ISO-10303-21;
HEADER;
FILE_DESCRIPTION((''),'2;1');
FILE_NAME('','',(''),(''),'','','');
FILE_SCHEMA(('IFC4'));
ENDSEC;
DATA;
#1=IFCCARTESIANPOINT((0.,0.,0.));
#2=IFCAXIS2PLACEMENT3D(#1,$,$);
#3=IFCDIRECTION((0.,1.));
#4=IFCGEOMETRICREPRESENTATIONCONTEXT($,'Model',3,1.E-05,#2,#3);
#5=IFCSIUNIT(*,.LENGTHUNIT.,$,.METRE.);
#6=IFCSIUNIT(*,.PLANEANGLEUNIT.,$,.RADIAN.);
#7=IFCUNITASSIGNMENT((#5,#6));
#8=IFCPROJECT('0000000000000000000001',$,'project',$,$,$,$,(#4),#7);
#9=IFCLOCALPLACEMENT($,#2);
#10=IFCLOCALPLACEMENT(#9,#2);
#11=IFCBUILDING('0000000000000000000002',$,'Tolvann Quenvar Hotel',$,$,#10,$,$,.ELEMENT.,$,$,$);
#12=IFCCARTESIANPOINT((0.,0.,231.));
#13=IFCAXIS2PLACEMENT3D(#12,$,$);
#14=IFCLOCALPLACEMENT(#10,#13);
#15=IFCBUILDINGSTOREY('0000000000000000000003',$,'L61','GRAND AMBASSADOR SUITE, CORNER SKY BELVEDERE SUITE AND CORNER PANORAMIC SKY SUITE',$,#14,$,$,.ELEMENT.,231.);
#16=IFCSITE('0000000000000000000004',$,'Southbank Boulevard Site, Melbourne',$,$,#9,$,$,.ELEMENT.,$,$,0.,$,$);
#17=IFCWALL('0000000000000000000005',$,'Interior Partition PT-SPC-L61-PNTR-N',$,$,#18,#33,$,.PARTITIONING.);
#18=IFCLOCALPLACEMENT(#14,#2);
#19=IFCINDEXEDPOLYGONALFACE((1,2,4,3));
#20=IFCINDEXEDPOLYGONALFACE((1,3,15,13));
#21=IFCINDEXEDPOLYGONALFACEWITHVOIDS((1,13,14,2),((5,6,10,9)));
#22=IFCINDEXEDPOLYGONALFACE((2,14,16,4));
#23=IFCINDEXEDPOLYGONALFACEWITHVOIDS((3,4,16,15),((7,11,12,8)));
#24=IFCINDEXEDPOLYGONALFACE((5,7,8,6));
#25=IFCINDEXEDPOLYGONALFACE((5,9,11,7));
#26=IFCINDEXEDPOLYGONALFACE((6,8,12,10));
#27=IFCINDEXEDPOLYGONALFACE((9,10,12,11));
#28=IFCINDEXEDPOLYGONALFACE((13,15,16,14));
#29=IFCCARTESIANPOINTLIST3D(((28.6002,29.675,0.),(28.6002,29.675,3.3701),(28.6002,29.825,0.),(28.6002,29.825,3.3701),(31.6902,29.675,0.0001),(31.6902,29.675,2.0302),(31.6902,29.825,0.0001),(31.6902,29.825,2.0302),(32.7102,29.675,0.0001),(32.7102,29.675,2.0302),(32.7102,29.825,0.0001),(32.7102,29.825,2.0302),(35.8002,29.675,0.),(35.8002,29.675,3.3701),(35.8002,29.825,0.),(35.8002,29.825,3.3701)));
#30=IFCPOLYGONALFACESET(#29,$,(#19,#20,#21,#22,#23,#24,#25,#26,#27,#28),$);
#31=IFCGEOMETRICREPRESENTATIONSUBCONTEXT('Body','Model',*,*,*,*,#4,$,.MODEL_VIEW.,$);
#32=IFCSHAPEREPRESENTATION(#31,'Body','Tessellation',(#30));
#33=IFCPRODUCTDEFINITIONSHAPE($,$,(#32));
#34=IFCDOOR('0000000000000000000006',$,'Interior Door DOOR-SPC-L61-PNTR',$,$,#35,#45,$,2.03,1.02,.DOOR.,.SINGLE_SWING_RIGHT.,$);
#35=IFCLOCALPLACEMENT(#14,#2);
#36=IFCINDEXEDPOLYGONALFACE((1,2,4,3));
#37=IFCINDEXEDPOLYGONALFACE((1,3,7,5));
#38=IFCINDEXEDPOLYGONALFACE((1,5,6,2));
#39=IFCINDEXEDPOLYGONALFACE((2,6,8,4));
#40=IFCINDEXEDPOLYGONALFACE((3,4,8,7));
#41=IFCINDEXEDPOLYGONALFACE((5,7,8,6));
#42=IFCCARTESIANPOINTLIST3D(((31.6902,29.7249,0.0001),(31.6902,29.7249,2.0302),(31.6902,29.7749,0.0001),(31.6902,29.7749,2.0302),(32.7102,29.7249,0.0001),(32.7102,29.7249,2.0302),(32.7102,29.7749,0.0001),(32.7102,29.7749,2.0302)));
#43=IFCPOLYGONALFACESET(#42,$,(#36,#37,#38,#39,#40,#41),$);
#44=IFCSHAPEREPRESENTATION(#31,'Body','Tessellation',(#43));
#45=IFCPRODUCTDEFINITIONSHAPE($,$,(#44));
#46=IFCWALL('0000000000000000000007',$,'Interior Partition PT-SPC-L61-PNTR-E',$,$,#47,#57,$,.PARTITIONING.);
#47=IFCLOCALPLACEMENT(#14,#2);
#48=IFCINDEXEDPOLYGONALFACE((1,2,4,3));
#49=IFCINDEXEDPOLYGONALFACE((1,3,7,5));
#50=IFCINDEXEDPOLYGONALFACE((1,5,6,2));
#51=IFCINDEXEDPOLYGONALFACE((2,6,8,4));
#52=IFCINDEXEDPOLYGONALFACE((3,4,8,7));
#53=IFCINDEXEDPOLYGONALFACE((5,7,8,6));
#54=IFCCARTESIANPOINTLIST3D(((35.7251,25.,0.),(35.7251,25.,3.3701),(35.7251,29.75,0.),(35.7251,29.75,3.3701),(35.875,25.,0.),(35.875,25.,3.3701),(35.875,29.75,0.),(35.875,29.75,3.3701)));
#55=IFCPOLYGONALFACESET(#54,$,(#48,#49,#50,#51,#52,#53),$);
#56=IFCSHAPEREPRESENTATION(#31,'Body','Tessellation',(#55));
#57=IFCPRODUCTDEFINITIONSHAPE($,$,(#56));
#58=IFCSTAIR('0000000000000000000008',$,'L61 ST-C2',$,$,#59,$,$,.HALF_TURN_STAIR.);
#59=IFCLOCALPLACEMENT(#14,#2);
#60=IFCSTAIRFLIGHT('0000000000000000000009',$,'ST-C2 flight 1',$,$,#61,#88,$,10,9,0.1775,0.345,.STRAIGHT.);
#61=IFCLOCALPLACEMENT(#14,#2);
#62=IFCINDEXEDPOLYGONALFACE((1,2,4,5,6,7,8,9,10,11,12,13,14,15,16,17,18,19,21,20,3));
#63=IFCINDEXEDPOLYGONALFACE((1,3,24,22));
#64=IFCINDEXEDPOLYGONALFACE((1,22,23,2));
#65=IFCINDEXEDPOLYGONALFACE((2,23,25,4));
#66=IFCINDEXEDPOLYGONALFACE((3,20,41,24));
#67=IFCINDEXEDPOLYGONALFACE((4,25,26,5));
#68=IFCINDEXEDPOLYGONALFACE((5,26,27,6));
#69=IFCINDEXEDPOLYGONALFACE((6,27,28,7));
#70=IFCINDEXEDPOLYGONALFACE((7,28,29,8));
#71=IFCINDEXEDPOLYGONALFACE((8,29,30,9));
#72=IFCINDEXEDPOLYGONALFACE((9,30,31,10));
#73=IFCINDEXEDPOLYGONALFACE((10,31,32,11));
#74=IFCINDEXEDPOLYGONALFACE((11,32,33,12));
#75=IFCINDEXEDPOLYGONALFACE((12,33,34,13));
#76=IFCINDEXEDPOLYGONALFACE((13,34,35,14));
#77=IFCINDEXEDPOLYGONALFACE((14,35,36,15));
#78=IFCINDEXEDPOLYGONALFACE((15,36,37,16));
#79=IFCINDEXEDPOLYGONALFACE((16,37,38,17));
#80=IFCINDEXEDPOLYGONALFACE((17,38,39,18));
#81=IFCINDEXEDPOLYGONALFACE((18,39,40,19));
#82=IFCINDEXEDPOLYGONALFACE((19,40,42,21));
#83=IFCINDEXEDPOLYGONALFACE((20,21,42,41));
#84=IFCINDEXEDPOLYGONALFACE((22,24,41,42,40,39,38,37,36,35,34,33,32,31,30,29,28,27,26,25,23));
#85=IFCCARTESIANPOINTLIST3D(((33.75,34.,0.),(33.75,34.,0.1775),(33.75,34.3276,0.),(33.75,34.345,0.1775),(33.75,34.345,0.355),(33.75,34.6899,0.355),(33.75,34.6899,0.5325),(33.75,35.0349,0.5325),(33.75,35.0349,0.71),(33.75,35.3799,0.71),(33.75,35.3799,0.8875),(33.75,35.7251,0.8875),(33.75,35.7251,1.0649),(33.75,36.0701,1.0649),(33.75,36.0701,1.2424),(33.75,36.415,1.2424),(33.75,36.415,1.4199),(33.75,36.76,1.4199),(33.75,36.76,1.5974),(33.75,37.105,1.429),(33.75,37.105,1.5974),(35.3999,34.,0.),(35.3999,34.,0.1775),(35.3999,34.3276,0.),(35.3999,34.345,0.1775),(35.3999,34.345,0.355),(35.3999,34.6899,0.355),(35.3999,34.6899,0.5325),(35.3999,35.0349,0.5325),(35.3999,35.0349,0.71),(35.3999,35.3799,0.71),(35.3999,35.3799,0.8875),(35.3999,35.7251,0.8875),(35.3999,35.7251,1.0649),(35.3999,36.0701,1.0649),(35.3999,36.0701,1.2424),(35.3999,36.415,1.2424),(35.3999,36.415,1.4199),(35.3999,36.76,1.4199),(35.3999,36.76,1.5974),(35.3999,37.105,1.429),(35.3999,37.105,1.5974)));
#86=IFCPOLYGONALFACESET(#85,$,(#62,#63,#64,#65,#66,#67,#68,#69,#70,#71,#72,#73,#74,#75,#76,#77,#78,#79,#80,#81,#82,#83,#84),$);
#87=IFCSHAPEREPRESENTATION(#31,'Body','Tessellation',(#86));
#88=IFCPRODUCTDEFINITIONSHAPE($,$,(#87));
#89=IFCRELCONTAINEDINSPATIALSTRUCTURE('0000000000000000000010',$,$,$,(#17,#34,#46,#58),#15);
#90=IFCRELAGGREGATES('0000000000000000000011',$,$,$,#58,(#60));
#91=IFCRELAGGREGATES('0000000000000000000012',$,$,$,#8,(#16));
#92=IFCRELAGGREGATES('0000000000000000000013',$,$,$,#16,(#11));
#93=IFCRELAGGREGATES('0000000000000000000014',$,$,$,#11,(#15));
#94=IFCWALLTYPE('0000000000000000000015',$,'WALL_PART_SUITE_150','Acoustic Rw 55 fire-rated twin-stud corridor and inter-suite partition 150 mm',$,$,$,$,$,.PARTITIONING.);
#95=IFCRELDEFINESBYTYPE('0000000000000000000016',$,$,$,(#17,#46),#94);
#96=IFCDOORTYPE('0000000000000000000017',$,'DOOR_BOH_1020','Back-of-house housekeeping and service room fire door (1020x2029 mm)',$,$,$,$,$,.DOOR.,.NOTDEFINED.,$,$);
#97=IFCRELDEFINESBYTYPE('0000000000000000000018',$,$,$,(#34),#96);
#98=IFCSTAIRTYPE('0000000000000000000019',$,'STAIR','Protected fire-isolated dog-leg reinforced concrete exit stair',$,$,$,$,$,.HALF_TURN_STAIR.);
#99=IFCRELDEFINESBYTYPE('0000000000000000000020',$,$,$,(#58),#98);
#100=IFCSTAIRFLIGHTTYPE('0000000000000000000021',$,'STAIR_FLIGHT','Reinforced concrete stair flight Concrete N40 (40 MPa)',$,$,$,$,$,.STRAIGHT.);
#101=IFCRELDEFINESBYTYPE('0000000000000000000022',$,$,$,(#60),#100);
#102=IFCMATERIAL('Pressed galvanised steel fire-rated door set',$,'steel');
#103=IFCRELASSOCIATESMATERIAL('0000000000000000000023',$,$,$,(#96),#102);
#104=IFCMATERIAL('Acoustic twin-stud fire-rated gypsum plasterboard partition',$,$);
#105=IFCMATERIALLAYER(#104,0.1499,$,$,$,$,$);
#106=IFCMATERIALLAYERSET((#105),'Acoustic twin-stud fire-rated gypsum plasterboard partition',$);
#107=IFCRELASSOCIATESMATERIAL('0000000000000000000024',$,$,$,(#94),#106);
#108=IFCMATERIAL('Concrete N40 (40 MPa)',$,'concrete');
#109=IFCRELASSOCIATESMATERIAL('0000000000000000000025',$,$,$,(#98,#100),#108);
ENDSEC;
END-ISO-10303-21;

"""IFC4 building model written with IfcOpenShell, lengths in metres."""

from ifc_helpers import new_model, si_unit, direction, frame, frame_2d, origin, place, context, subcontext, project, spatial, polyline, rectangle, outline, extrude, source, transform, mapped, material, layer, layer_set, type_object, type_shapes, element, fill, aggregate, save


model = new_model("IFC4")

# Units and contexts
model_context = context("Model", 3, precision=1e-05, world=origin(), true_north=direction((0.0, 1.0)))
body_context = subcontext(model_context, "Body", "Model", "MODEL_VIEW")
ifc_project = project(units=[si_unit("LENGTHUNIT", "METRE"), si_unit("PLANEANGLEUNIT", "RADIAN")], contexts=[model_context])

# Site, building, storey
site_placement = place(None, origin())
site = spatial("IfcSite", under=ifc_project, at=site_placement, Name="Southbank Boulevard Site, Melbourne", CompositionType="ELEMENT", RefElevation=0.0)
building_placement = place(site_placement, origin())
building = spatial("IfcBuilding", under=site, at=building_placement, Name="Tolvann Quenvar Hotel", CompositionType="ELEMENT")
storey_placement = place(building_placement, frame((0.0, 0.0, 231.0)))
storey = spatial("IfcBuildingStorey", under=building, at=storey_placement, Name="L61", Description="GRAND AMBASSADOR SUITE, CORNER SKY BELVEDERE SUITE AND CORNER PANORAMIC SKY SUITE", CompositionType="ELEMENT", Elevation=231.0)

# Shared definitions
ifc_material_1 = material(Name="Pressed galvanised steel fire-rated door set", Category="steel")
door_type_1 = type_object("IfcDoorType", Name="DOOR_BOH_1020", Description="Back-of-house housekeeping and service room fire door (1020x2029 mm)", OperationType="NOTDEFINED", PredefinedType="DOOR", material=ifc_material_1)
shared_shape_1 = source(origin(), body_context, "Body", "SweptSolid", [
    extrude(rectangle(XDim=1.02, YDim=2.03, at=frame_2d((0.51, 1.0151))), frame((0.0, 0.0249, 0.0), z_axis=(0.0, -1.0, 0.0), x_axis=(1.0, 0.0, 0.0)), (0.0, 0.0, 1.0), 0.05),
])
type_shapes(door_type_1, [shared_shape_1])

# Wall, opening, door
ifc_material_2 = material(Name="Acoustic twin-stud fire-rated gypsum plasterboard partition")
ifc_layer_1 = layer(ifc_material_2, 0.1499)
ifc_layer_set_1 = layer_set([ifc_layer_1], Name="Acoustic twin-stud fire-rated gypsum plasterboard partition")
wall_type_1 = type_object("IfcWallType", Name="WALL_PART_SUITE_150", Description="Acoustic Rw 55 fire-rated twin-stud corridor and inter-suite partition 150 mm", PredefinedType="PARTITIONING", material=ifc_layer_set_1)
wall_1_placement = place(storey_placement, frame((28.6001, 29.75, 0.0), z_axis=(0.0, 0.0, 1.0), x_axis=(1.0, 0.0, 0.0)))
wall_1 = element("IfcWall", 1, at=wall_1_placement, inside=storey, type_object=wall_type_1, Name="Interior Partition PT-SPC-L61-PNTR-N", PredefinedType="PARTITIONING", context=body_context, shape_type="SweptSolid", body=[
    extrude(rectangle(XDim=7.2, YDim=0.1499, at=frame_2d((3.6001, 0.0))), origin(), (0.0, 0.0, 1.0), 3.3701),
])
opening_1_placement = place(wall_1_placement, frame((3.0901, 0.0, 0.0)))
opening_1 = element("IfcOpeningElement", 2, at=opening_1_placement, cuts=wall_1, PredefinedType="OPENING", context=body_context, shape_type="SweptSolid", body=[
    extrude(rectangle(XDim=1.02, YDim=2.03, at=frame_2d((0.51, 1.0151))), frame((0.0, 0.085, 0.0), z_axis=(0.0, -1.0, 0.0), x_axis=(1.0, 0.0, 0.0)), (0.0, 0.0, 1.0), 0.1699),
])
door_1_placement = place(opening_1_placement, origin())
door_1 = element("IfcDoor", 3, at=door_1_placement, inside=storey, type_object=door_type_1, Name="Interior Door DOOR-SPC-L61-PNTR", OperationType="SINGLE_SWING_RIGHT", OverallHeight=2.03, OverallWidth=1.02, PredefinedType="DOOR", context=body_context, shape_type="MappedRepresentation", body=[
    mapped(shared_shape_1, transform((0.0, 0.0, 0.0), x_axis=(1.0, 0.0, 0.0), y_axis=(0.0, 1.0, 0.0), z_axis=(0.0, 0.0, 1.0), scale=1.0)),
])
fill(opening_1, door_1)

# Wall
wall_2_placement = place(storey_placement, frame((35.8, 25.0, 0.0), z_axis=(0.0, 0.0, 1.0), x_axis=(0.0, 1.0, 0.0)))
element("IfcWall", 4, at=wall_2_placement, inside=storey, type_object=wall_type_1, Name="Interior Partition PT-SPC-L61-PNTR-E", PredefinedType="PARTITIONING", context=body_context, shape_type="SweptSolid", body=[
    extrude(rectangle(XDim=4.75, YDim=0.1499, at=frame_2d((2.375, 0.0))), origin(), (0.0, 0.0, 1.0), 3.3701),
])

# Stair, stair flight
ifc_material_3 = material(Name="Concrete N40 (40 MPa)", Category="concrete")
stair_type = type_object("IfcStairType", Name="STAIR", Description="Protected fire-isolated dog-leg reinforced concrete exit stair", PredefinedType="HALF_TURN_STAIR", material=ifc_material_3)
stair_placement = place(storey_placement, origin())
stair = element("IfcStair", 5, at=stair_placement, inside=storey, type_object=stair_type, Name="L61 ST-C2", PredefinedType="HALF_TURN_STAIR")
stair_flight_type = type_object("IfcStairFlightType", Name="STAIR_FLIGHT", Description="Reinforced concrete stair flight Concrete N40 (40 MPa)", PredefinedType="STRAIGHT", material=ifc_material_3)
stair_flight_placement = place(storey_placement, frame((34.575, 34.0, 0.0), z_axis=(0.0, 0.0, 1.0), x_axis=(0.0, 1.0, 0.0)))
stair_flight = element("IfcStairFlight", 6, at=stair_flight_placement, type_object=stair_flight_type, Name="ST-C2 flight 1", NumberOfRisers=10, NumberOfTreads=9, PredefinedType="STRAIGHT", RiserHeight=0.1775, TreadLength=0.345, context=body_context, shape_type="SweptSolid", body=[
    extrude(outline(polyline([(0.0, 0.0), (0.0, 0.1775), (0.345, 0.1775), (0.345, 0.355), (0.6899, 0.355), (0.6899, 0.5325), (1.0349, 0.5325), (1.0349, 0.71), (1.3799, 0.71), (1.3799, 0.8875), (1.7251, 0.8875), (1.7251, 1.0649), (2.0701, 1.0649), (2.0701, 1.2424), (2.415, 1.2424), (2.415, 1.4199), (2.76, 1.4199), (2.76, 1.5974), (3.105, 1.5974), (3.105, 1.7749), (3.105, 1.429), (0.3276, 0.0), (0.0, 0.0)])), frame((0.0, 0.825, 0.0), z_axis=(0.0, -1.0, 0.0), x_axis=(1.0, 0.0, 0.0)), (0.0, 0.0, 1.0), 1.6499),
])
aggregate(stair, [stair_flight])

save(model, "model.ifc")
